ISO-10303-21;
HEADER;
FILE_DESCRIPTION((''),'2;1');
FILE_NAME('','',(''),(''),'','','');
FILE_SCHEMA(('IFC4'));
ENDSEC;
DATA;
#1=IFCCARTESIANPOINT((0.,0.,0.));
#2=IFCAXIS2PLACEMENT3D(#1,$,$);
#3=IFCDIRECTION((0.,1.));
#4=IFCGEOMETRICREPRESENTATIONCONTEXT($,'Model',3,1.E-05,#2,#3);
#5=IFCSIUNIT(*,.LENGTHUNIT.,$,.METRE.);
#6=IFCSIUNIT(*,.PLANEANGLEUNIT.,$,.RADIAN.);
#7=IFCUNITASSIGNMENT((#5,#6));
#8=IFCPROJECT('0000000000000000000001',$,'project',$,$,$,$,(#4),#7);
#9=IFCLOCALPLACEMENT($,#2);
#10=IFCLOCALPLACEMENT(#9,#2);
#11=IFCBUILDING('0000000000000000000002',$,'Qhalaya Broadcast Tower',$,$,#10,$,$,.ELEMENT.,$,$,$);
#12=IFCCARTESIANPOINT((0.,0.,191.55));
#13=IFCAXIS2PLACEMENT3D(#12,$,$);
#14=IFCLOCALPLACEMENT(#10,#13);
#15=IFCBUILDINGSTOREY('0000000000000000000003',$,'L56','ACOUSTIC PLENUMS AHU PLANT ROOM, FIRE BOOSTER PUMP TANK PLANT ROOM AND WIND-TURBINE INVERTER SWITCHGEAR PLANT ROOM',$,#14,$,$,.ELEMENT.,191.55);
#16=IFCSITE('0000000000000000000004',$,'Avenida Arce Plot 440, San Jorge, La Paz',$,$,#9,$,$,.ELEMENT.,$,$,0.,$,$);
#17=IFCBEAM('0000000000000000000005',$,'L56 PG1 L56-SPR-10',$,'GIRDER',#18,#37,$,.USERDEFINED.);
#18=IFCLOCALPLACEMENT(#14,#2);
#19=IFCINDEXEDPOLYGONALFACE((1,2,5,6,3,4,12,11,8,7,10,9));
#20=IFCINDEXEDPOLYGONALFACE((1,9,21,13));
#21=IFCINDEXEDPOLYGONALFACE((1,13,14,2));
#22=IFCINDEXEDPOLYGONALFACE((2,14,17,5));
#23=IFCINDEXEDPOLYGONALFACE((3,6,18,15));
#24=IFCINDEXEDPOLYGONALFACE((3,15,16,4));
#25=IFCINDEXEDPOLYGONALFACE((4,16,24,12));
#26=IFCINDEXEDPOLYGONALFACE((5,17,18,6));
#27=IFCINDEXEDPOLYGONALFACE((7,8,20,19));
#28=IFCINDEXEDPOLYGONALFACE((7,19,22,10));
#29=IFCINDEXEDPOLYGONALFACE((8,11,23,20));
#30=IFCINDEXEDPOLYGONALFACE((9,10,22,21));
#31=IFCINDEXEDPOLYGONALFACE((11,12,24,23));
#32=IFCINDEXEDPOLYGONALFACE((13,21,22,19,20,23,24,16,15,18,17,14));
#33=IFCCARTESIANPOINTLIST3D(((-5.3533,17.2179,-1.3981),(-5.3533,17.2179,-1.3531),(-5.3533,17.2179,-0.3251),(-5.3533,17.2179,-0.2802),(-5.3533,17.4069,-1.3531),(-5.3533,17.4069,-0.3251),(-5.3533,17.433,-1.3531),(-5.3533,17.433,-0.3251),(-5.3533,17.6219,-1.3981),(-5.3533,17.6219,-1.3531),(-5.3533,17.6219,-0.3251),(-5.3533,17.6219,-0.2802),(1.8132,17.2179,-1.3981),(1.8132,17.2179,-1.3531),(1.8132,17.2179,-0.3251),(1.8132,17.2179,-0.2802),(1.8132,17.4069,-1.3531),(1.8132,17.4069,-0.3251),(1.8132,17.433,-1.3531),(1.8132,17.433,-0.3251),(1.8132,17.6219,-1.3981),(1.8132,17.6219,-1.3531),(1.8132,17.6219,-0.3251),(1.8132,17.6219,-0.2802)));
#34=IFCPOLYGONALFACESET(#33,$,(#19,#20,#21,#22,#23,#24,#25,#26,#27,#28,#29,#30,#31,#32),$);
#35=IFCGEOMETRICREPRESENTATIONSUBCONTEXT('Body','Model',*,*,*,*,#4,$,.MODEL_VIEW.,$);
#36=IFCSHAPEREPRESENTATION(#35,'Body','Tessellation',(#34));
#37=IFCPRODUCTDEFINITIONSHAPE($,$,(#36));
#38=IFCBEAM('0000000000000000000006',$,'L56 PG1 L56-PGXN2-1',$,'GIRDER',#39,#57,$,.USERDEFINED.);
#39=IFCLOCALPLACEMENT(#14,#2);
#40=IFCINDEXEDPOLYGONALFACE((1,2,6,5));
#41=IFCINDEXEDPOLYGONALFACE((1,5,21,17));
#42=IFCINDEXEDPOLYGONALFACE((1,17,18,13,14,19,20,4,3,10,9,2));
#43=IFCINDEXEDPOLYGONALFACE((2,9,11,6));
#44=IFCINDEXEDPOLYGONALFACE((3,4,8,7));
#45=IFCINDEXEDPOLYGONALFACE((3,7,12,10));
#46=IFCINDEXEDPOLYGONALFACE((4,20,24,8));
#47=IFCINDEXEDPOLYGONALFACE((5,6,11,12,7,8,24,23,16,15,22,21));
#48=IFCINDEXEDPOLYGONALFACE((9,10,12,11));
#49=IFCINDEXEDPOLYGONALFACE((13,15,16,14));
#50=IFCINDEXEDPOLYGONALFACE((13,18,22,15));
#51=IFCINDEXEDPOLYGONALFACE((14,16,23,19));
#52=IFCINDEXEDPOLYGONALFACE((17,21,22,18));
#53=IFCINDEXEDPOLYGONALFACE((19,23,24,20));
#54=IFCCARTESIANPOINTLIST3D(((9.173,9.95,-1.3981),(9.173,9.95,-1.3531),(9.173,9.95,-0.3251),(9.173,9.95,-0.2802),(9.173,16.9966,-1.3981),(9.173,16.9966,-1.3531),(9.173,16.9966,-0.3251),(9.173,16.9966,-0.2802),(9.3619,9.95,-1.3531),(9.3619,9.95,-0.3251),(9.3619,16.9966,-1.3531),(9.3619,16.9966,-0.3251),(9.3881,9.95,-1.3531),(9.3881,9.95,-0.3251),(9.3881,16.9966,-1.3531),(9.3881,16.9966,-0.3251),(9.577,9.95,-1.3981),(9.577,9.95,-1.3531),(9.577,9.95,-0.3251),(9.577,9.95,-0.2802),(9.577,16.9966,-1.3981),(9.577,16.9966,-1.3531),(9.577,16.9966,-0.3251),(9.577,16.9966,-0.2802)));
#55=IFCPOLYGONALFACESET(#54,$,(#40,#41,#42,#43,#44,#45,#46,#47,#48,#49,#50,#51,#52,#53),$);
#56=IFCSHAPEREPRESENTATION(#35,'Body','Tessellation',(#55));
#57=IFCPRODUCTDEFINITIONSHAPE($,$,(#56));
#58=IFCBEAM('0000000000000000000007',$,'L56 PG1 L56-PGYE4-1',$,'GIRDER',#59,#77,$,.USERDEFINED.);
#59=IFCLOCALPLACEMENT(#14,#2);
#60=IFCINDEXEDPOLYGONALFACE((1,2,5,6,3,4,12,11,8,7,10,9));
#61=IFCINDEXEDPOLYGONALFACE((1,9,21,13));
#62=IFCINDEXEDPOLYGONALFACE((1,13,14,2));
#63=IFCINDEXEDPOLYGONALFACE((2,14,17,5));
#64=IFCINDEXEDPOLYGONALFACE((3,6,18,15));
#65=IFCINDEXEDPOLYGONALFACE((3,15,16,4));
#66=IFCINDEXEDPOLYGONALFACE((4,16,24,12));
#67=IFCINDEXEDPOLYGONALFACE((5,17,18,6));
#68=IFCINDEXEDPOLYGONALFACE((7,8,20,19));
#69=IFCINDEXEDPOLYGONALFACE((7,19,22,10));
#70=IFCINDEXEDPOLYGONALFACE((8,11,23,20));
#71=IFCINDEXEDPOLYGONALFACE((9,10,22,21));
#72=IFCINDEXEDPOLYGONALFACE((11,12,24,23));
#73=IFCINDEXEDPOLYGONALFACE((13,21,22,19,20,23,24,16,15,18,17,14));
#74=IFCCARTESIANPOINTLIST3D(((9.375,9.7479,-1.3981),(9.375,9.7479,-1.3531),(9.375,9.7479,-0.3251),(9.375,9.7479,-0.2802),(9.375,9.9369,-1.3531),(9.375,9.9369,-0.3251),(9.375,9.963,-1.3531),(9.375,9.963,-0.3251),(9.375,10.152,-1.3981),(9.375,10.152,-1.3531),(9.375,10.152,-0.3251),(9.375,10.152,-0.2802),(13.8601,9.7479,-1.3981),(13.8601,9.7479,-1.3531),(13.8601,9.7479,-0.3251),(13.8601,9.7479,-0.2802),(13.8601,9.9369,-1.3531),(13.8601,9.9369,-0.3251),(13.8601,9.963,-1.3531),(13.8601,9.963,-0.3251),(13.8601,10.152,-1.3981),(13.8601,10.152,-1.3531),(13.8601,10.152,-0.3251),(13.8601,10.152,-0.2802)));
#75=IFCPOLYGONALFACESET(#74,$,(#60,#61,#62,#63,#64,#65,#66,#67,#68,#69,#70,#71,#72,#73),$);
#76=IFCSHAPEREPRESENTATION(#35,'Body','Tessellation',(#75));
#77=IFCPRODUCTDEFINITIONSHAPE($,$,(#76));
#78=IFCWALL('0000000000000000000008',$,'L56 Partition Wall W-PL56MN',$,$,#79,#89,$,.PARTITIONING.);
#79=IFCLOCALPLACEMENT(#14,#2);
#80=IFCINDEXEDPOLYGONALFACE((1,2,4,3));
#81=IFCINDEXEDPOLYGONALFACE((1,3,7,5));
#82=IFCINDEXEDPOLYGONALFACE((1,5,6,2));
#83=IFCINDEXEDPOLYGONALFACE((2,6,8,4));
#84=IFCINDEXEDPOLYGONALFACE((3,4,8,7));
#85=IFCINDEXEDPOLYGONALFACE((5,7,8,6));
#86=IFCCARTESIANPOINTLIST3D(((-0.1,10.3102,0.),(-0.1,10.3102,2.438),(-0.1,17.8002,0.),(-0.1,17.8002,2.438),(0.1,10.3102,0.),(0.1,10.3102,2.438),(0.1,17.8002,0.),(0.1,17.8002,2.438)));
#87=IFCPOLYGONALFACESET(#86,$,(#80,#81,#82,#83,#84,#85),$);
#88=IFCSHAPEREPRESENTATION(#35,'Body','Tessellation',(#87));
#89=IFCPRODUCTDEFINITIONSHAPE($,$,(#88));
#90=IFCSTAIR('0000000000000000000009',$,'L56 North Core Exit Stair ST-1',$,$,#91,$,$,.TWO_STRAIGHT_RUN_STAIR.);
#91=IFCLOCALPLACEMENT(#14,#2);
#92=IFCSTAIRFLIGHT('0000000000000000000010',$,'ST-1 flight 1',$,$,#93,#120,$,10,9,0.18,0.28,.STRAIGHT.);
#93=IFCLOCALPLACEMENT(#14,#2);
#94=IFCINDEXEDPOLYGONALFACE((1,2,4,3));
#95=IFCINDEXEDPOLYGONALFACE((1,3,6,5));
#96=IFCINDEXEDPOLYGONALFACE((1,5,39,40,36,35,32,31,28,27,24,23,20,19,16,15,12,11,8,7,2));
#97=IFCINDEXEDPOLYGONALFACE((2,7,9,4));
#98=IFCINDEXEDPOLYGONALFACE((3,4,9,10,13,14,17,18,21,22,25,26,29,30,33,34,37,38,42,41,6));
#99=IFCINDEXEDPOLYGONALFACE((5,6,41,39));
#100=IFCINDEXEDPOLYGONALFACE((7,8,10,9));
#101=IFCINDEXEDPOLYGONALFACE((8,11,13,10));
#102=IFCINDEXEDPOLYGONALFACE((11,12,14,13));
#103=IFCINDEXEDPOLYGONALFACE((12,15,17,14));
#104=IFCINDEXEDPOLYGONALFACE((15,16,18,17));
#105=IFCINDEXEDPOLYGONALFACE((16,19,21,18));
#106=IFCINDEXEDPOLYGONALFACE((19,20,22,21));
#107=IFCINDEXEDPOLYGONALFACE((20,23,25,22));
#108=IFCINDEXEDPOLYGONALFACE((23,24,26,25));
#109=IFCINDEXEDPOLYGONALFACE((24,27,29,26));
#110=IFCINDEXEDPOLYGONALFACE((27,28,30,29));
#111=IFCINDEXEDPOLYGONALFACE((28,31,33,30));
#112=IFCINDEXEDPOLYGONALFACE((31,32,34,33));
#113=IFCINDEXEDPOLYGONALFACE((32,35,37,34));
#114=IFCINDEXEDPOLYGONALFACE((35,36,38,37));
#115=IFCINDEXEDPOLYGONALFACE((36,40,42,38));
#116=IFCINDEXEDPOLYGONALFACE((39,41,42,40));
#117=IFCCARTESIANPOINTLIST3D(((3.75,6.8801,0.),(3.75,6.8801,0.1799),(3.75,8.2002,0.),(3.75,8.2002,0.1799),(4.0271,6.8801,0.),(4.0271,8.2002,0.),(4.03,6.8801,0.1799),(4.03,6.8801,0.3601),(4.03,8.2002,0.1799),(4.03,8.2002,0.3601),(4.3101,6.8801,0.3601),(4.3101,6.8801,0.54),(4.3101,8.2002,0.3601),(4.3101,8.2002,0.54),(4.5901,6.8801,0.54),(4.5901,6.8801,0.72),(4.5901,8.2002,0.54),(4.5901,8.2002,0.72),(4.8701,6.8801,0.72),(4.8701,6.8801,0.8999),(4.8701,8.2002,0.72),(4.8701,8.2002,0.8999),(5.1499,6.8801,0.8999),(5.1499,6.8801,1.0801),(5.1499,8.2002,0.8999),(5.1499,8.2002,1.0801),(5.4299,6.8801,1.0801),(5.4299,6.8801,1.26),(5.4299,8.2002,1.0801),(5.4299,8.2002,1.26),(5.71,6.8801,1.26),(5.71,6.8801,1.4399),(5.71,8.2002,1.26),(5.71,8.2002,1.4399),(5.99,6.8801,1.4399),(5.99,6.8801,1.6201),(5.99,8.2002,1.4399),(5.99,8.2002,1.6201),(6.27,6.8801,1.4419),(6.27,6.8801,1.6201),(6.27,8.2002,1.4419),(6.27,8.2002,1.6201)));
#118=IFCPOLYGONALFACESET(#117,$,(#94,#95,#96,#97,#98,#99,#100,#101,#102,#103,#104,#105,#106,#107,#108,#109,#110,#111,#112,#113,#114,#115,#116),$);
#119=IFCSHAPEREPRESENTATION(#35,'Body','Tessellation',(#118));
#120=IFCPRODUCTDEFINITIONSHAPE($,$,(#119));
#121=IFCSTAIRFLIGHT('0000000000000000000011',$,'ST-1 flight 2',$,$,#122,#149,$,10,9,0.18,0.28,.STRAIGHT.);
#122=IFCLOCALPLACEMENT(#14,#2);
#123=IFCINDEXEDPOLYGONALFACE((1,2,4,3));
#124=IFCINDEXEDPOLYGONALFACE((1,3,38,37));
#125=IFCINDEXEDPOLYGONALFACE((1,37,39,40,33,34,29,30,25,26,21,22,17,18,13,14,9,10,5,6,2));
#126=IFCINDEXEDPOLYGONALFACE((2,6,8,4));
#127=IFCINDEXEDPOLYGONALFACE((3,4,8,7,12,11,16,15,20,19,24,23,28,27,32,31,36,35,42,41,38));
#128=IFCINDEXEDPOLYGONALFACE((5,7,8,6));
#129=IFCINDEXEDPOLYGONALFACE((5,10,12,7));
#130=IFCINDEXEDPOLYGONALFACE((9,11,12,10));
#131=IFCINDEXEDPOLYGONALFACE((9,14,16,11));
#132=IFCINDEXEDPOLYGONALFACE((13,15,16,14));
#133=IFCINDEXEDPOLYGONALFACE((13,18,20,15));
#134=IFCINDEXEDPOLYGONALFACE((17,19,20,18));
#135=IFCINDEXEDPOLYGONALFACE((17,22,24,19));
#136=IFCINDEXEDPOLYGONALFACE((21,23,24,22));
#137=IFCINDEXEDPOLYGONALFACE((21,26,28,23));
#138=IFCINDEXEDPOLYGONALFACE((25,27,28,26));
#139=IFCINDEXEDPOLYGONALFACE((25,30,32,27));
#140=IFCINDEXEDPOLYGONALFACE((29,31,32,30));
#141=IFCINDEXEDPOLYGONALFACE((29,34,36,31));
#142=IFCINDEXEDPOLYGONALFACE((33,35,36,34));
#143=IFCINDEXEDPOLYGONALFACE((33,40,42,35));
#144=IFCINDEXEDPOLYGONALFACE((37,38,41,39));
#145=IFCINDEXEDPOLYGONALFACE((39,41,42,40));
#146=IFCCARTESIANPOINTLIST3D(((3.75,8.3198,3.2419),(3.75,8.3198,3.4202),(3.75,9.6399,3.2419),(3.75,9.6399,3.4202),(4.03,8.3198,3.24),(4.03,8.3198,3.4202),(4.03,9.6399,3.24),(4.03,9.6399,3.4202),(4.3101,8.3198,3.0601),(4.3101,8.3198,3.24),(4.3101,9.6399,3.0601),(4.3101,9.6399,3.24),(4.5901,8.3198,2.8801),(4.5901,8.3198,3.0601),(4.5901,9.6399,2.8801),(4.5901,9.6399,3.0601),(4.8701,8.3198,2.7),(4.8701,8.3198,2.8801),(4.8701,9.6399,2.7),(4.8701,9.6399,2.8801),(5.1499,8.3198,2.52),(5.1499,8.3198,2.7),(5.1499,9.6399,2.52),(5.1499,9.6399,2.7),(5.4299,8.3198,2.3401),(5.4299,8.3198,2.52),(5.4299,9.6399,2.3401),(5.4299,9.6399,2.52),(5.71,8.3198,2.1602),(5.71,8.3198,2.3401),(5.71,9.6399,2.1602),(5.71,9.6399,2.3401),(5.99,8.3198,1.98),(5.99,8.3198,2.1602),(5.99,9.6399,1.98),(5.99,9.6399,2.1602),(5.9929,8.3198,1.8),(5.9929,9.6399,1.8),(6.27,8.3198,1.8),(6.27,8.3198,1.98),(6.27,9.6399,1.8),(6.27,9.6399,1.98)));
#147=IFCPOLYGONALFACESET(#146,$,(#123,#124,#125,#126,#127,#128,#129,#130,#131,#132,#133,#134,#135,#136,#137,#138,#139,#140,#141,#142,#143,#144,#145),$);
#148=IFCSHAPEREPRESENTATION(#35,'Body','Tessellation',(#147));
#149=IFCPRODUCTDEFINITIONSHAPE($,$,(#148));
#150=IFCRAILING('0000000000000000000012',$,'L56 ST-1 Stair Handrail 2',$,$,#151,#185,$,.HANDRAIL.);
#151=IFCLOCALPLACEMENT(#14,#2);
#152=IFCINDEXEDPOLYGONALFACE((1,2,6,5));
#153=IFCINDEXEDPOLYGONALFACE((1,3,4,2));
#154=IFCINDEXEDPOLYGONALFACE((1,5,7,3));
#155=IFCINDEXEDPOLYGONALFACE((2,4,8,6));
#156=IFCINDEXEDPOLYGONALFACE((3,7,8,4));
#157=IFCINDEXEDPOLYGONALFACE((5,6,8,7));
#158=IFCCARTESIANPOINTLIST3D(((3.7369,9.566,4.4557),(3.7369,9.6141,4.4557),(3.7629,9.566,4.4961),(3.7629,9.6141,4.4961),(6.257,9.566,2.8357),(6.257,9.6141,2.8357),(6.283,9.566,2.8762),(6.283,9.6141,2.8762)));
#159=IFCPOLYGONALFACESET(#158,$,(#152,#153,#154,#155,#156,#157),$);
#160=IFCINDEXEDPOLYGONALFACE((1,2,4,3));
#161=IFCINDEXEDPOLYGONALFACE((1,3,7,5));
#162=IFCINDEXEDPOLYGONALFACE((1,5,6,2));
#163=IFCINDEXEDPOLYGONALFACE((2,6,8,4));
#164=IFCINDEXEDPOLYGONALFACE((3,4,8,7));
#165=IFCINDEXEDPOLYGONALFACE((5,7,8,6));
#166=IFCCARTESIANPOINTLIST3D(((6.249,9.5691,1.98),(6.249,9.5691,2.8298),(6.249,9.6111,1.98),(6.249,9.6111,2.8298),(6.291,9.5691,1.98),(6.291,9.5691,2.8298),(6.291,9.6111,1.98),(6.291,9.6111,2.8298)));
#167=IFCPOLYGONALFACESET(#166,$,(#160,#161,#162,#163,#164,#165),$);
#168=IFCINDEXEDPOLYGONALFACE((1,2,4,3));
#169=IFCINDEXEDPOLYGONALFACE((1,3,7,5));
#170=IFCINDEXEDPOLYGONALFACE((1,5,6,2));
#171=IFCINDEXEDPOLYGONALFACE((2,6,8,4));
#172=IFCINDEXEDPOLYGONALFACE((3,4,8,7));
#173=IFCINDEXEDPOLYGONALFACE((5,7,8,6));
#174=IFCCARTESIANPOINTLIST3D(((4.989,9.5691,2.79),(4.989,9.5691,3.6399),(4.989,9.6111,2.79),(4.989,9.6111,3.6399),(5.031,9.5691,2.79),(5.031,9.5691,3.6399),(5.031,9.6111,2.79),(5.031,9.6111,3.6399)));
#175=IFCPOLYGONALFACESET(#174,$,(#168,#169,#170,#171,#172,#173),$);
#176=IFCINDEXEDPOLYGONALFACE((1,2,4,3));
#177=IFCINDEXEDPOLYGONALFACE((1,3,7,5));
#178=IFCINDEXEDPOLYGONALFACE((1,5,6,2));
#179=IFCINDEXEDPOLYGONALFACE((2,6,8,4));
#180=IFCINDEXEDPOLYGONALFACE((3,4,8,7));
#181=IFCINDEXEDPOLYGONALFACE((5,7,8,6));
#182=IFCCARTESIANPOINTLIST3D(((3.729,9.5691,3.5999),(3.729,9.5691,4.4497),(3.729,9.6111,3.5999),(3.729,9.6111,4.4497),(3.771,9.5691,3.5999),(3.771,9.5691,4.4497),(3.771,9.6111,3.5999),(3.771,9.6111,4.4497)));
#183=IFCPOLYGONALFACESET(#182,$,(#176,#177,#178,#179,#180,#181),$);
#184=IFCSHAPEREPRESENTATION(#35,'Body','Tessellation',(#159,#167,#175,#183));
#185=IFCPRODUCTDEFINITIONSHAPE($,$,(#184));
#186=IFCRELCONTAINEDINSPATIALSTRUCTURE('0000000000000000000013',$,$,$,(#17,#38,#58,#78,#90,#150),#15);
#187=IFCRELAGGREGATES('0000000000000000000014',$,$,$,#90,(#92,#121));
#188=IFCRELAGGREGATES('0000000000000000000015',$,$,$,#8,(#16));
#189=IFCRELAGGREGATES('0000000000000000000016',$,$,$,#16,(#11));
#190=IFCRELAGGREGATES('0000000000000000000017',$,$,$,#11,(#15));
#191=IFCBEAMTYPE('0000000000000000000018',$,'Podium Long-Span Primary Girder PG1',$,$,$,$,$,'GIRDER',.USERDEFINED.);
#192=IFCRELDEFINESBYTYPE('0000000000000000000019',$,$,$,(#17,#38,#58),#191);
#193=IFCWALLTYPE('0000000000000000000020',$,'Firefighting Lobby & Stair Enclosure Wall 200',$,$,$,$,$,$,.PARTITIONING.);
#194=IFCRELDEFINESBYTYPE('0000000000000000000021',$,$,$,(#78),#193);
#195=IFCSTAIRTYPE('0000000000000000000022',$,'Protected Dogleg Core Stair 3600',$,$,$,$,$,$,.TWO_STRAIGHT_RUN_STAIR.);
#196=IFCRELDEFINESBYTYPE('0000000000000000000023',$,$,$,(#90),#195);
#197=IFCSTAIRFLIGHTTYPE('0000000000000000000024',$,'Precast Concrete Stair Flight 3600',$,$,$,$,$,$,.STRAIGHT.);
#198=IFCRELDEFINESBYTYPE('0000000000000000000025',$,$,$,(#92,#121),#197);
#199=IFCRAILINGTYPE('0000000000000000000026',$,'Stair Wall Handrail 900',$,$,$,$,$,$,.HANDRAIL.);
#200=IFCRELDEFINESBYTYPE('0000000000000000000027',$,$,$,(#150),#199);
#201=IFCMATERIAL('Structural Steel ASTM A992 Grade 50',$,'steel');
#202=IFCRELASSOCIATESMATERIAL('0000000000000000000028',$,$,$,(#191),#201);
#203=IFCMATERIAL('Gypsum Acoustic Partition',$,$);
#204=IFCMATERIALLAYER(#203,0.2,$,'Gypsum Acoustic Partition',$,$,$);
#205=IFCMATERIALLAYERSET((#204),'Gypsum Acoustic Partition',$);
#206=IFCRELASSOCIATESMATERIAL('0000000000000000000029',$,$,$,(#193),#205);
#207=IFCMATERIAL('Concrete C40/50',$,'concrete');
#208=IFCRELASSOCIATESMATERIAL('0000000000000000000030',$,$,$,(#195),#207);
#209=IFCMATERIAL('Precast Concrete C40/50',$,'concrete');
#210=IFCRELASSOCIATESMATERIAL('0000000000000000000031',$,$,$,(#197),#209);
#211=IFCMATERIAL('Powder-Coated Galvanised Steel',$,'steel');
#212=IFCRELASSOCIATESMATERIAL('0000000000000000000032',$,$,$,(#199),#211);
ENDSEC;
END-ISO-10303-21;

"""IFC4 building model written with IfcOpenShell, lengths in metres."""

from ifc_helpers import new_model, si_unit, direction, frame, frame_2d, origin, origin_2d, place, context, subcontext, project, spatial, polyline, rectangle, i_section, outline, extrude, material, layer, layer_set, material_profile, profile_set, type_object, element, aggregate, save


model = new_model("IFC4")

# Units and contexts
model_context = context("Model", 3, precision=1e-05, world=origin(), true_north=direction((0.0, 1.0)))
body_context = subcontext(model_context, "Body", "Model", "MODEL_VIEW")
ifc_project = project(units=[si_unit("LENGTHUNIT", "METRE"), si_unit("PLANEANGLEUNIT", "RADIAN")], contexts=[model_context])

# Site, building, storey
site_placement = place(None, origin())
site = spatial("IfcSite", under=ifc_project, at=site_placement, Name="Avenida Arce Plot 440, San Jorge, La Paz", CompositionType="ELEMENT", RefElevation=0.0)
building_placement = place(site_placement, origin())
building = spatial("IfcBuilding", under=site, at=building_placement, Name="Qhalaya Broadcast Tower", CompositionType="ELEMENT")
storey_placement = place(building_placement, frame((0.0, 0.0, 191.55)))
storey = spatial("IfcBuildingStorey", under=building, at=storey_placement, Name="L56", Description="ACOUSTIC PLENUMS AHU PLANT ROOM, FIRE BOOSTER PUMP TANK PLANT ROOM AND WIND-TURBINE INVERTER SWITCHGEAR PLANT ROOM", CompositionType="ELEMENT", Elevation=191.55)

# Beams
ifc_material_1 = material(Name="Structural Steel ASTM A992 Grade 50", Category="steel")
ifc_material_profile_1 = material_profile(ifc_material_1, i_section(OverallWidth=0.4041, OverallDepth=1.1179, WebThickness=0.0261, FlangeThickness=0.0449, at=origin_2d()), Name="W44X335")
ifc_profile_set_1 = profile_set([ifc_material_profile_1], Name="Structural Steel ASTM A992 Grade 50")
beam_type_1 = type_object("IfcBeamType", Name="Podium Long-Span Primary Girder PG1", ElementType="GIRDER", PredefinedType="USERDEFINED", material=ifc_profile_set_1)
beam_1_placement = place(storey_placement, frame((1.8132, 17.4199, -0.8391), z_axis=(-1.0, 0.0, 0.0), x_axis=(0.0, -1.0, 0.0)))
element("IfcBeam", 1, at=beam_1_placement, inside=storey, type_object=beam_type_1, Name="L56 PG1 L56-SPR-10", ObjectType="GIRDER", PredefinedType="USERDEFINED", context=body_context, shape_type="SweptSolid", body=[
    extrude(i_section(OverallWidth=0.4041, OverallDepth=1.1179, WebThickness=0.0261, FlangeThickness=0.0449, at=origin_2d()), origin(), (0.0, 0.0, 1.0), 7.1665),
])
beam_2_placement = place(storey_placement, frame((9.375, 9.95, -0.8391), z_axis=(0.0, 1.0, 0.0), x_axis=(-1.0, 0.0, 0.0)))
element("IfcBeam", 2, at=beam_2_placement, inside=storey, type_object=beam_type_1, Name="L56 PG1 L56-PGXN2-1", ObjectType="GIRDER", PredefinedType="USERDEFINED", context=body_context, shape_type="SweptSolid", body=[
    extrude(i_section(OverallWidth=0.4041, OverallDepth=1.1179, WebThickness=0.0261, FlangeThickness=0.0449, at=origin_2d()), origin(), (0.0, 0.0, 1.0), 7.0466),
])
beam_3_placement = place(storey_placement, frame((9.375, 9.95, -0.8391), z_axis=(1.0, 0.0, 0.0), x_axis=(0.0, 1.0, 0.0)))
element("IfcBeam", 3, at=beam_3_placement, inside=storey, type_object=beam_type_1, Name="L56 PG1 L56-PGYE4-1", ObjectType="GIRDER", PredefinedType="USERDEFINED", context=body_context, shape_type="SweptSolid", body=[
    extrude(i_section(OverallWidth=0.4041, OverallDepth=1.1179, WebThickness=0.0261, FlangeThickness=0.0449, at=origin_2d()), origin(), (0.0, 0.0, 1.0), 4.4851),
])

# Wall
ifc_material_2 = material(Name="Gypsum Acoustic Partition")
ifc_layer = layer(ifc_material_2, 0.2, Name="Gypsum Acoustic Partition")
ifc_layer_set = layer_set([ifc_layer], Name="Gypsum Acoustic Partition")
wall_type = type_object("IfcWallType", Name="Firefighting Lobby & Stair Enclosure Wall 200", PredefinedType="PARTITIONING", material=ifc_layer_set)
wall_placement = place(storey_placement, frame((0.0, 10.3101, 0.0), z_axis=(0.0, 0.0, 1.0), x_axis=(0.0, 1.0, 0.0)))
element("IfcWall", 4, at=wall_placement, inside=storey, type_object=wall_type, Name="L56 Partition Wall W-PL56MN", PredefinedType="PARTITIONING", context=body_context, shape_type="SweptSolid", body=[
    extrude(rectangle(XDim=7.49, YDim=0.2, at=frame_2d((3.7451, 0.0))), origin(), (0.0, 0.0, 1.0), 2.438),
])

# Stair, stair flights
ifc_material_3 = material(Name="Concrete C40/50", Category="concrete")
stair_type = type_object("IfcStairType", Name="Protected Dogleg Core Stair 3600", PredefinedType="TWO_STRAIGHT_RUN_STAIR", material=ifc_material_3)
stair_placement = place(storey_placement, origin())
stair = element("IfcStair", 5, at=stair_placement, inside=storey, type_object=stair_type, Name="L56 North Core Exit Stair ST-1", PredefinedType="TWO_STRAIGHT_RUN_STAIR")
ifc_material_4 = material(Name="Precast Concrete C40/50", Category="concrete")
stair_flight_type = type_object("IfcStairFlightType", Name="Precast Concrete Stair Flight 3600", PredefinedType="STRAIGHT", material=ifc_material_4)
stair_flight_1_placement = place(storey_placement, frame((3.75, 7.54, 0.0), z_axis=(0.0, 0.0, 1.0), x_axis=(1.0, 0.0, 0.0)))
stair_flight_1 = element("IfcStairFlight", 6, at=stair_flight_1_placement, type_object=stair_flight_type, Name="ST-1 flight 1", NumberOfRisers=10, NumberOfTreads=9, PredefinedType="STRAIGHT", RiserHeight=0.18, TreadLength=0.28, context=body_context, shape_type="SweptSolid", body=[
    extrude(outline(polyline([(0.0, 0.0), (0.0, 0.1799), (0.28, 0.1799), (0.28, 0.3601), (0.5601, 0.3601), (0.5601, 0.54), (0.8401, 0.54), (0.8401, 0.72), (1.1201, 0.72), (1.1201, 0.8999), (1.3999, 0.8999), (1.3999, 1.0801), (1.6799, 1.0801), (1.6799, 1.26), (1.96, 1.26), (1.96, 1.4399), (2.24, 1.4399), (2.24, 1.6201), (2.52, 1.6201), (2.52, 1.8), (2.52, 1.4419), (0.2771, 0.0), (0.0, 0.0)])), frame((0.0, 0.6602, 0.0), z_axis=(0.0, -1.0, 0.0), x_axis=(1.0, 0.0, 0.0)), (0.0, 0.0, 1.0), 1.3201),
])
stair_flight_2_placement = place(storey_placement, frame((6.27, 8.98, 1.8), z_axis=(0.0, 0.0, 1.0), x_axis=(-1.0, 0.0, 0.0)))
stair_flight_2 = element("IfcStairFlight", 7, at=stair_flight_2_placement, type_object=stair_flight_type, Name="ST-1 flight 2", NumberOfRisers=10, NumberOfTreads=9, PredefinedType="STRAIGHT", RiserHeight=0.18, TreadLength=0.28, context=body_context, shape_type="SweptSolid", body=[
    extrude(outline(polyline([(0.0, 0.0), (0.0, 0.1799), (0.28, 0.1799), (0.28, 0.3601), (0.5601, 0.3601), (0.5601, 0.54), (0.8401, 0.54), (0.8401, 0.72), (1.1201, 0.72), (1.1201, 0.8999), (1.3999, 0.8999), (1.3999, 1.0801), (1.6799, 1.0801), (1.6799, 1.26), (1.96, 1.26), (1.96, 1.4399), (2.24, 1.4399), (2.24, 1.6201), (2.52, 1.6201), (2.52, 1.8), (2.52, 1.4419), (0.2771, 0.0), (0.0, 0.0)])), frame((0.0, 0.6602, 0.0), z_axis=(0.0, -1.0, 0.0), x_axis=(1.0, 0.0, 0.0)), (0.0, 0.0, 1.0), 1.3201),
])
aggregate(stair, [stair_flight_1, stair_flight_2])

# Railing
ifc_material_5 = material(Name="Powder-Coated Galvanised Steel", Category="steel")
railing_type_1 = type_object("IfcRailingType", Name="Stair Wall Handrail 900", PredefinedType="HANDRAIL", material=ifc_material_5)
railing_1_placement = place(storey_placement, frame((6.27, 9.5901, 1.98)))
element("IfcRailing", 8, at=railing_1_placement, inside=storey, type_object=railing_type_1, Name="L56 ST-1 Stair Handrail 2", PredefinedType="HANDRAIL", context=body_context, shape_type="SweptSolid", body=[
    extrude(rectangle(XDim=0.0481, YDim=0.0481, at=origin_2d()), frame((0.0, 0.0, 0.876), z_axis=(-0.8412, 0.0, 0.540725), x_axis=(0.0, -1.0, 0.0)), (0.0, 0.0, 1.0), 2.9958),
    extrude(rectangle(XDim=0.042, YDim=0.042, at=origin_2d()), origin(), (0.0, 0.0, 1.0), 0.8499),
    extrude(rectangle(XDim=0.042, YDim=0.042, at=origin_2d()), frame((-1.26, 0.0, 0.8101)), (0.0, 0.0, 1.0), 0.8499),
    extrude(rectangle(XDim=0.042, YDim=0.042, at=origin_2d()), frame((-2.52, 0.0, 1.6199)), (0.0, 0.0, 1.0), 0.8499),
])

save(model, "model.ifc")
